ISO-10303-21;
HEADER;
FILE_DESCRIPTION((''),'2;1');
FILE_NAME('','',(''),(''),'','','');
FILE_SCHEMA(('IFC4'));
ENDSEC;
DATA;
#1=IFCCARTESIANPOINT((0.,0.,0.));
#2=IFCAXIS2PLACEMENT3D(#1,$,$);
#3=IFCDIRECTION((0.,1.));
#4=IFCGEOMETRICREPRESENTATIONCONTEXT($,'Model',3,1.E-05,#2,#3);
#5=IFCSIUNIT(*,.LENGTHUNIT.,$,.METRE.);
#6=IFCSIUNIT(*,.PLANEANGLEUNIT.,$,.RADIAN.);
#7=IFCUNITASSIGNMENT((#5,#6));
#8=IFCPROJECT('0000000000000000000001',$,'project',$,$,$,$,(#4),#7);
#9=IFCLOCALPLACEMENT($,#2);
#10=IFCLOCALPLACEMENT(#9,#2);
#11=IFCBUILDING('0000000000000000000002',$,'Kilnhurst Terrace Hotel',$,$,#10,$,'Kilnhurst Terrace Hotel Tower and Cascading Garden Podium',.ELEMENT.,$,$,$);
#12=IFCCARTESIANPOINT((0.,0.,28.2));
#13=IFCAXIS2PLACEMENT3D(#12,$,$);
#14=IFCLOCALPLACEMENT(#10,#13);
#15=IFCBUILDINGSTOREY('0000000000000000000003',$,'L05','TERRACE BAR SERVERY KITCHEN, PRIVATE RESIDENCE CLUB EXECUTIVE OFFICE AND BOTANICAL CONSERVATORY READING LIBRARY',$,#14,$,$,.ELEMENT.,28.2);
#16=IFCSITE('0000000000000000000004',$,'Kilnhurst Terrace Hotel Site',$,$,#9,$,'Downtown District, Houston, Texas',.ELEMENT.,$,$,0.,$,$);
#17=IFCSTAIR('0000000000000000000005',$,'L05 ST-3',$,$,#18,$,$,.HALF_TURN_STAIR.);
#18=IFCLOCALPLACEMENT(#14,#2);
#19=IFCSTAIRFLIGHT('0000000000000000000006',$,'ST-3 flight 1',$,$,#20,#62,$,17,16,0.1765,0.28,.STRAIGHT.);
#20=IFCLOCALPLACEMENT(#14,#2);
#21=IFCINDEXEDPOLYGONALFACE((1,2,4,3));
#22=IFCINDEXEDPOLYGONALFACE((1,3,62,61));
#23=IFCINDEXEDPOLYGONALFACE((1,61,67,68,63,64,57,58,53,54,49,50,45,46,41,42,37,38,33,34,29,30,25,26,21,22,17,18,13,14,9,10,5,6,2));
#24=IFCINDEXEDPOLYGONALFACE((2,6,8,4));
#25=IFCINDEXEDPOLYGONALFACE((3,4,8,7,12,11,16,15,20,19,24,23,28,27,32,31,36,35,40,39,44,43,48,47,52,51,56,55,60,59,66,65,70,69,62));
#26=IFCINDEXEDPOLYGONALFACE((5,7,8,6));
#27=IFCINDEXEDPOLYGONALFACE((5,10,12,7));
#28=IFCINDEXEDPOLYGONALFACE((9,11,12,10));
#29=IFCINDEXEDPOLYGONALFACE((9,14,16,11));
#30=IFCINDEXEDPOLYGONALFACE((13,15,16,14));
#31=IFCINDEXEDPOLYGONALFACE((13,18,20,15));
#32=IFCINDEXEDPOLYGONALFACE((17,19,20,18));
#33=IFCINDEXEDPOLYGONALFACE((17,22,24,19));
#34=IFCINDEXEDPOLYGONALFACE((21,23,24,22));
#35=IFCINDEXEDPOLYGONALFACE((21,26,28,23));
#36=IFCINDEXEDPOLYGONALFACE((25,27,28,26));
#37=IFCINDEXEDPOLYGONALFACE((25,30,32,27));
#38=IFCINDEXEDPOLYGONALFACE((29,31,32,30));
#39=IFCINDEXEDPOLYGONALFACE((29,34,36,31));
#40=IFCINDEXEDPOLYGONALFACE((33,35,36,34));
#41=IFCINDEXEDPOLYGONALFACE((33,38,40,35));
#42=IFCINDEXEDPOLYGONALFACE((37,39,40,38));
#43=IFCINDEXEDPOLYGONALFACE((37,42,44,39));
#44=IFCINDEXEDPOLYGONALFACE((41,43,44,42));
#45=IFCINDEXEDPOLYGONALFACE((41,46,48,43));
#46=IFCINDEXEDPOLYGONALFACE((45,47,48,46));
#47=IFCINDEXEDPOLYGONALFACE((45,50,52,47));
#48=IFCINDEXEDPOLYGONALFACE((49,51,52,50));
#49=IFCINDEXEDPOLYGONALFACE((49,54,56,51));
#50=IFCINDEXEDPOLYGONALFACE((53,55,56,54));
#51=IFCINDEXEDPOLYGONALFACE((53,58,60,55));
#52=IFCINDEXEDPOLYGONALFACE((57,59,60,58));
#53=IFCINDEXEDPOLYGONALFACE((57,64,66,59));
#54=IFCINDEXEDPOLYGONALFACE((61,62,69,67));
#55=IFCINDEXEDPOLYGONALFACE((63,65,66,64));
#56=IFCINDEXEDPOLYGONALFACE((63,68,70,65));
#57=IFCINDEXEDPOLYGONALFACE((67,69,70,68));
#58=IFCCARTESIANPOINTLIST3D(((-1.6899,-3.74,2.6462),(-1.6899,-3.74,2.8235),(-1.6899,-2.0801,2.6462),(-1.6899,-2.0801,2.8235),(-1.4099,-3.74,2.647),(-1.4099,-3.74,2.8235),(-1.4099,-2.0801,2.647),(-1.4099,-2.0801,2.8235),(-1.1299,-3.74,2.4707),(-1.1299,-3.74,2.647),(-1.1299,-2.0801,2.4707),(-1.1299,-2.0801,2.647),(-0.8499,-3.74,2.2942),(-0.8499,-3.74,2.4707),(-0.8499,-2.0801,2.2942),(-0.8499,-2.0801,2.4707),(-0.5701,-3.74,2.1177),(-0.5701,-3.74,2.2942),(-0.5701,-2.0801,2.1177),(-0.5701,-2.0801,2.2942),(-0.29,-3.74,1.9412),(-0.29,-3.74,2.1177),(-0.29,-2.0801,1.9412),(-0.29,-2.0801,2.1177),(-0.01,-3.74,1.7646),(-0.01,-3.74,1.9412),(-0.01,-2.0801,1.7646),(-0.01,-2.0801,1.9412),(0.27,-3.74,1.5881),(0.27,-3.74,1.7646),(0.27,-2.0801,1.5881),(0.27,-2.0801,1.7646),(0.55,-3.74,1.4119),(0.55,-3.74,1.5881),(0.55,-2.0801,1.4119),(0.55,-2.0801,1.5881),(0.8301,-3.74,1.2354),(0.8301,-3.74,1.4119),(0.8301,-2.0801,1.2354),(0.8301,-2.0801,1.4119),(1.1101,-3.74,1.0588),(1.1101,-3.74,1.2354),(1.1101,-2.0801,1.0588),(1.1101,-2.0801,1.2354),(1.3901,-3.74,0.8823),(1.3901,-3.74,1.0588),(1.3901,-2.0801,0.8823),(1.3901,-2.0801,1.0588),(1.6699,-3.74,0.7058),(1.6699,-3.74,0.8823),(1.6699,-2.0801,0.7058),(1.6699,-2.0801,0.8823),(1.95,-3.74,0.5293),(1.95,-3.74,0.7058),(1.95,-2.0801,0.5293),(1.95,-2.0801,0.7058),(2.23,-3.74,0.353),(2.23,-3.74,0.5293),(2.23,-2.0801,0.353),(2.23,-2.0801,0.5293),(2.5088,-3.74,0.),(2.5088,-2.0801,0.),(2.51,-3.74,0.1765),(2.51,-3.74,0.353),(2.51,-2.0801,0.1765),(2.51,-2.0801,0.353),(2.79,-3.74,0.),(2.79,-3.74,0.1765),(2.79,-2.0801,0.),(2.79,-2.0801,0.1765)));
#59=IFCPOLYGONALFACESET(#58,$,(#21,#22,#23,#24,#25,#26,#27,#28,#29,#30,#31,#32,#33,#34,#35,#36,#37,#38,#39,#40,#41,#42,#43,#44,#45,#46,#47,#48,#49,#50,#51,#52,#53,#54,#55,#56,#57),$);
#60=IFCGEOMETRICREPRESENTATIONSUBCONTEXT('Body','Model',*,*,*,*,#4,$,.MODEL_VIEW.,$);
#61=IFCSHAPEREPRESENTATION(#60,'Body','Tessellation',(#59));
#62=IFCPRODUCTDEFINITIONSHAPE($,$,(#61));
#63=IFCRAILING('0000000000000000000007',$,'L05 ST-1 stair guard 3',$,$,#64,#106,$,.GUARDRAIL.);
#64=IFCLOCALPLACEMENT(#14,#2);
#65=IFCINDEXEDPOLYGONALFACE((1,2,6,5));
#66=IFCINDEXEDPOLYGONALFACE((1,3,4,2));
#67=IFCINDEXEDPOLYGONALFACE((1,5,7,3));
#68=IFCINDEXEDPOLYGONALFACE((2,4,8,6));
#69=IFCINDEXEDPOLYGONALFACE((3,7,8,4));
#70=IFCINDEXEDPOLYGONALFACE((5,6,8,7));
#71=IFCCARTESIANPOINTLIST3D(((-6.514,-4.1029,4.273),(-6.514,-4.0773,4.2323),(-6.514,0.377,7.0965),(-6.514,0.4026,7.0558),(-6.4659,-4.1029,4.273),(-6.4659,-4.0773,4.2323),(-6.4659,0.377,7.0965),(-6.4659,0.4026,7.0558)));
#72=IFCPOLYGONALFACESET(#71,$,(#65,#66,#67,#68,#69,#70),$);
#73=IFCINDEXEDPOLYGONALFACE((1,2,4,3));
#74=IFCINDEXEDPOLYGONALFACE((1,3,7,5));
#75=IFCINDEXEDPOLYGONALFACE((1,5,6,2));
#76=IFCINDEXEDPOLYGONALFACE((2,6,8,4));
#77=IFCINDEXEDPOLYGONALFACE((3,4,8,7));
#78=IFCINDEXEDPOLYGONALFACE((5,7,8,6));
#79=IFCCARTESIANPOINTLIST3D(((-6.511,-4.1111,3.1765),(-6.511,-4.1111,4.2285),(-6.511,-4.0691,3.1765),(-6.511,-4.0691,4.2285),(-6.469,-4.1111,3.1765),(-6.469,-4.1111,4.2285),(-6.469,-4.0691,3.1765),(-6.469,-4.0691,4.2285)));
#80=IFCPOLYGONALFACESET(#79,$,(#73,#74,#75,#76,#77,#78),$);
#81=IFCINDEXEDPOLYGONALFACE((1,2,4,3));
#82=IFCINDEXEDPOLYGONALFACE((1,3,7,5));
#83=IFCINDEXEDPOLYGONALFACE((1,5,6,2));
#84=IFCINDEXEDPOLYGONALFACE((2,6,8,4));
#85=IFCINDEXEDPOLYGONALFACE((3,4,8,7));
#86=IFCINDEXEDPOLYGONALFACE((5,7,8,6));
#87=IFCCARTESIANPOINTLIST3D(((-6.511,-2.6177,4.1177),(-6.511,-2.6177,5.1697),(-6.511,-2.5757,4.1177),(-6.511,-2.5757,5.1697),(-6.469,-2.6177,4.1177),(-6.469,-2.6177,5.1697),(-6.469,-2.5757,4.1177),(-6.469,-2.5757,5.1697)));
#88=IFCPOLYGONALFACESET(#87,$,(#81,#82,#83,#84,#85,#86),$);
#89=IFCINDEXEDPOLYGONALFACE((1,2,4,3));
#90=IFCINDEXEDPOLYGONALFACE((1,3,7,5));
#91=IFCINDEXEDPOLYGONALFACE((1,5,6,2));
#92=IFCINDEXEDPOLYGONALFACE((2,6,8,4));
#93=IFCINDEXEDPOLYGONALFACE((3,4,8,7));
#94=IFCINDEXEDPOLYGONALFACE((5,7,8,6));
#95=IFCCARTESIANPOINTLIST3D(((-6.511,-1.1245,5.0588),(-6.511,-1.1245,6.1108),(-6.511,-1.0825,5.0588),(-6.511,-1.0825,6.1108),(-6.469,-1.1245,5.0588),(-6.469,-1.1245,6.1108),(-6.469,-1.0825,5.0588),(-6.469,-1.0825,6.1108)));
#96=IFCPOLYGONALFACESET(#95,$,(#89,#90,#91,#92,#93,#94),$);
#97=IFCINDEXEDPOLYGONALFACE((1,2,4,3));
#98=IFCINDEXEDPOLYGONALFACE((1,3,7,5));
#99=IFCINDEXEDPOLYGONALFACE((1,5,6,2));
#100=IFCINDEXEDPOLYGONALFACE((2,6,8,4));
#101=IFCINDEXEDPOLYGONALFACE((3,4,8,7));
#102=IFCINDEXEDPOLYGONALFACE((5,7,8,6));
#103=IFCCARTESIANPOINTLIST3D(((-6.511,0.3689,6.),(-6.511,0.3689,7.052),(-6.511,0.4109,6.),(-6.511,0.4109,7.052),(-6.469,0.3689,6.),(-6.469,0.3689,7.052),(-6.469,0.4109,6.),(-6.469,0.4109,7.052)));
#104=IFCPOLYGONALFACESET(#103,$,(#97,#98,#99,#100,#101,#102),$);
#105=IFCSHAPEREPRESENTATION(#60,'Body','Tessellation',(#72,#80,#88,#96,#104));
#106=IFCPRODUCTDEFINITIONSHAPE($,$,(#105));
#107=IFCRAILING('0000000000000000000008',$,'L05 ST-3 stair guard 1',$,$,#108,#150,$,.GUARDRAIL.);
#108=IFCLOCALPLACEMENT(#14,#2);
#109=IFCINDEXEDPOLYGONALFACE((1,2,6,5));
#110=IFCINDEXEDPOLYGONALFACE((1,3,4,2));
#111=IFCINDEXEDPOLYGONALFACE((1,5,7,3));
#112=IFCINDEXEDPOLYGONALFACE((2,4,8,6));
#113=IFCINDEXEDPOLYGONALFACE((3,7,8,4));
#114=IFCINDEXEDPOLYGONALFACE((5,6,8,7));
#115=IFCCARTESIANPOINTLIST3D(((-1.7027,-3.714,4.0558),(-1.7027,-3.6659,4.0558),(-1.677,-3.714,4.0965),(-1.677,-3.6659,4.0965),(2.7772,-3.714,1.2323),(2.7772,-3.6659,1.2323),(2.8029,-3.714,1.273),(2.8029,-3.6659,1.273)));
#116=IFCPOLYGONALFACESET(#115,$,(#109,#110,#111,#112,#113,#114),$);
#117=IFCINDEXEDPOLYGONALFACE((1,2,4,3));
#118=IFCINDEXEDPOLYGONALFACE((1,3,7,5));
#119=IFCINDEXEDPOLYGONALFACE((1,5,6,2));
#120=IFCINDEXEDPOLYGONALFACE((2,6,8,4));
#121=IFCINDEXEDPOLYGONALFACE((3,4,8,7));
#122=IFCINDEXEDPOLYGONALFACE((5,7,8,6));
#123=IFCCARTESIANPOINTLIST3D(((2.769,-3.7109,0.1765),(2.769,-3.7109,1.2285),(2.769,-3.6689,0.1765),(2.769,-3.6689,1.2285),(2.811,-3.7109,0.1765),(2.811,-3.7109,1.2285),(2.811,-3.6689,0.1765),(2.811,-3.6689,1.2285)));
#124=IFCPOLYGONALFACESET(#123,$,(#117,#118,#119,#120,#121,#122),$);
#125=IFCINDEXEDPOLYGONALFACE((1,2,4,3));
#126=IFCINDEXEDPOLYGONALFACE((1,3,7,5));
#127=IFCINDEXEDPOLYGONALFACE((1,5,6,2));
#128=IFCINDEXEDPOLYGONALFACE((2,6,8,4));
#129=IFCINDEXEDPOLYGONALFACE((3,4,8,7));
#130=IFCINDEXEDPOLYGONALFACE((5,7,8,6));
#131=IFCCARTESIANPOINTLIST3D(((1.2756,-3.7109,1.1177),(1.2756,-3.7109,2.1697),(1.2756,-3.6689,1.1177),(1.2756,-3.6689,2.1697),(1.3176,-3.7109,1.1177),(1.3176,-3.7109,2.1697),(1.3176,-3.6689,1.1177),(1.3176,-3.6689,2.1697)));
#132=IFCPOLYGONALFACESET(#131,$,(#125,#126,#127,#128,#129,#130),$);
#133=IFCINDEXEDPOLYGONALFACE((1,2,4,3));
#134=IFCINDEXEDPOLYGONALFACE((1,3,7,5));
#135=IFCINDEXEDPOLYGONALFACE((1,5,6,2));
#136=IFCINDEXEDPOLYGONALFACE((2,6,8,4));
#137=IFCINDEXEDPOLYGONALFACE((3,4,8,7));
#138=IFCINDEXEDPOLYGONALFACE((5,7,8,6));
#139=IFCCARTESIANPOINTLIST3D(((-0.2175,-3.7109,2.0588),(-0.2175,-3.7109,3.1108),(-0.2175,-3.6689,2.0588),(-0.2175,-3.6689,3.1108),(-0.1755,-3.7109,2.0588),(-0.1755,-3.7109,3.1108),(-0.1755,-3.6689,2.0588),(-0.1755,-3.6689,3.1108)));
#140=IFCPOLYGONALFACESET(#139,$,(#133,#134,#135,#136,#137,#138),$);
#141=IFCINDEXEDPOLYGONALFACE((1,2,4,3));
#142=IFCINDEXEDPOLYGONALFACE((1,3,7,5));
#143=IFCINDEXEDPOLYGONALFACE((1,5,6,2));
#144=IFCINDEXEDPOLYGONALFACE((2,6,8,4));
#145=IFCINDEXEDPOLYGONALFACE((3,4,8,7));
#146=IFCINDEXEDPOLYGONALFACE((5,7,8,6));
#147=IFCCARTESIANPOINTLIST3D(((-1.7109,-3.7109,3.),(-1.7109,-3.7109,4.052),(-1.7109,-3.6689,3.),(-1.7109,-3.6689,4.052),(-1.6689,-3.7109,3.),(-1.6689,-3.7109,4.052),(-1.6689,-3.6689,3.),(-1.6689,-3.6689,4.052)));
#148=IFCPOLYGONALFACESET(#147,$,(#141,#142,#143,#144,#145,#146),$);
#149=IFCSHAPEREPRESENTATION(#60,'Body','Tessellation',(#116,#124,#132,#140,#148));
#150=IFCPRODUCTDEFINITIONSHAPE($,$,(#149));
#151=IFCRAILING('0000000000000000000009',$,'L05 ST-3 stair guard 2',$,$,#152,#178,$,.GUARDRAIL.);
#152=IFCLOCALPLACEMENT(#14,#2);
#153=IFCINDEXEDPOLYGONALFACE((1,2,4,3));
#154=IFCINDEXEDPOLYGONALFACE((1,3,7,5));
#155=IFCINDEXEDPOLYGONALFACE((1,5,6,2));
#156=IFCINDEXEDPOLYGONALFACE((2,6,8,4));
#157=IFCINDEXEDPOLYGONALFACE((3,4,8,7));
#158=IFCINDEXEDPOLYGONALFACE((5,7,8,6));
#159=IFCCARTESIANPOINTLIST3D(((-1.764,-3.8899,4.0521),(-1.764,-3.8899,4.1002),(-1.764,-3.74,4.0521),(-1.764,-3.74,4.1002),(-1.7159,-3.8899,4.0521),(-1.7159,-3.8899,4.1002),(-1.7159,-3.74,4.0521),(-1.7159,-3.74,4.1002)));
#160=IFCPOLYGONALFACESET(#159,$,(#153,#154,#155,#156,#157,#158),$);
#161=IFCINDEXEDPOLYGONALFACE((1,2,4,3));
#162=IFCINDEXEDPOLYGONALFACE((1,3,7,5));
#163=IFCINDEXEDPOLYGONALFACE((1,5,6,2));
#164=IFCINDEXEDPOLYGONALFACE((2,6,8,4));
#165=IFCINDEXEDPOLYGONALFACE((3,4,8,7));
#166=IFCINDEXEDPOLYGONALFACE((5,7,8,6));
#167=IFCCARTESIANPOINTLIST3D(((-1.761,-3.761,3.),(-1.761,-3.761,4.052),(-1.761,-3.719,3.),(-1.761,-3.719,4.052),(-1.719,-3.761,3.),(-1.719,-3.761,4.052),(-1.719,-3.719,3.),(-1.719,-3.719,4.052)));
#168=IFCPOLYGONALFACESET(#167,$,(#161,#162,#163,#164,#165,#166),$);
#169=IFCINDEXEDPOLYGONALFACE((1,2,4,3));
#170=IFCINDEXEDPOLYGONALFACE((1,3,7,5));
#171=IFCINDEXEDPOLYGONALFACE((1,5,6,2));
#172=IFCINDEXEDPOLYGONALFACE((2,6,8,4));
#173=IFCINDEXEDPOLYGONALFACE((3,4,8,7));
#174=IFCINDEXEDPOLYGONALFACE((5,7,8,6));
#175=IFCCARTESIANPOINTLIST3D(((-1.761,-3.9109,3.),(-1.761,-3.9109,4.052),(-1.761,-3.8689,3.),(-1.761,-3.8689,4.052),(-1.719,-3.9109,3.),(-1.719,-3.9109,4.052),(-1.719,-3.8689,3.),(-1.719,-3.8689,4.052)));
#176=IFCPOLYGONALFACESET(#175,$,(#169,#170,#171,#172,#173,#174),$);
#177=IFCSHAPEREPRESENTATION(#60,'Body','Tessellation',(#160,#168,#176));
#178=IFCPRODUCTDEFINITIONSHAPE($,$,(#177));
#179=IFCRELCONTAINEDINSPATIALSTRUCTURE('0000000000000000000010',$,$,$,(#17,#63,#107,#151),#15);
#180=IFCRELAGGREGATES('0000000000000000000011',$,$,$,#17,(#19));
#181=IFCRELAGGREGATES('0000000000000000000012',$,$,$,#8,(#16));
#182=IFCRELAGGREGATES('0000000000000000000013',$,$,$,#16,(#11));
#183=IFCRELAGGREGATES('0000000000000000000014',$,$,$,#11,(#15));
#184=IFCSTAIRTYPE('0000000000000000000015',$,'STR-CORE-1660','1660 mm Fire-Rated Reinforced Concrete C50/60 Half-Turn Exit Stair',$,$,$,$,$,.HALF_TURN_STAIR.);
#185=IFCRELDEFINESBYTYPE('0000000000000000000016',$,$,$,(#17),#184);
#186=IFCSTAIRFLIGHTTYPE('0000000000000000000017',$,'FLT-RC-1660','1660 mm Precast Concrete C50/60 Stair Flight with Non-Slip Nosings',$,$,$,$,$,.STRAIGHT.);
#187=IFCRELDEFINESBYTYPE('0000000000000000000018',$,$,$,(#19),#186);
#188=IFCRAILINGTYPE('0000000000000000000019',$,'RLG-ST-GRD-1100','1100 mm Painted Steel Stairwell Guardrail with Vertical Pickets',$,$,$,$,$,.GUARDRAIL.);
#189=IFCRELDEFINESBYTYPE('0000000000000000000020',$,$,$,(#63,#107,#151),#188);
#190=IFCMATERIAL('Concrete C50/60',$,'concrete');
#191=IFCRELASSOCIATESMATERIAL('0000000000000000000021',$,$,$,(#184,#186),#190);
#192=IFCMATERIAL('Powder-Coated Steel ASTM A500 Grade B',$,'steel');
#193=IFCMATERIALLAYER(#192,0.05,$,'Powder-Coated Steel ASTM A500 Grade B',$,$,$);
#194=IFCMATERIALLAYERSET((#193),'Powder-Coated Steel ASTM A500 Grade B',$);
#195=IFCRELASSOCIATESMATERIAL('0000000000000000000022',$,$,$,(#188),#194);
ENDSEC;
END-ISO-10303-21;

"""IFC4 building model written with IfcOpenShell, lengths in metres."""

from ifc_helpers import new_model, si_unit, direction, frame, origin, origin_2d, place, context, subcontext, project, spatial, polyline, rectangle, outline, extrude, material, layer, layer_set, type_object, element, aggregate, save


model = new_model("IFC4")

# Units and contexts
model_context = context("Model", 3, precision=1e-05, world=origin(), true_north=direction((0.0, 1.0)))
body_context = subcontext(model_context, "Body", "Model", "MODEL_VIEW")
ifc_project = project(units=[si_unit("LENGTHUNIT", "METRE"), si_unit("PLANEANGLEUNIT", "RADIAN")], contexts=[model_context])

# Site, building, storey
site_placement = place(None, origin())
site = spatial("IfcSite", under=ifc_project, at=site_placement, Name="Kilnhurst Terrace Hotel Site", LongName="Downtown District, Houston, Texas", CompositionType="ELEMENT", RefElevation=0.0)
building_placement = place(site_placement, origin())
building = spatial("IfcBuilding", under=site, at=building_placement, Name="Kilnhurst Terrace Hotel", LongName="Kilnhurst Terrace Hotel Tower and Cascading Garden Podium", CompositionType="ELEMENT")
storey_placement = place(building_placement, frame((0.0, 0.0, 28.2)))
storey = spatial("IfcBuildingStorey", under=building, at=storey_placement, Name="L05", Description="TERRACE BAR SERVERY KITCHEN, PRIVATE RESIDENCE CLUB EXECUTIVE OFFICE AND BOTANICAL CONSERVATORY READING LIBRARY", CompositionType="ELEMENT", Elevation=28.2)

# Shared definitions
ifc_material_1 = material(Name="Concrete C50/60", Category="concrete")

# Stair, stair flight
stair_type = type_object("IfcStairType", Name="STR-CORE-1660", Description="1660 mm Fire-Rated Reinforced Concrete C50/60 Half-Turn Exit Stair", PredefinedType="HALF_TURN_STAIR", material=ifc_material_1)
stair_flight_type = type_object("IfcStairFlightType", Name="FLT-RC-1660", Description="1660 mm Precast Concrete C50/60 Stair Flight with Non-Slip Nosings", PredefinedType="STRAIGHT", material=ifc_material_1)
stair_1_placement = place(storey_placement, origin())
stair_1 = element("IfcStair", 1, at=stair_1_placement, inside=storey, type_object=stair_type, Name="L05 ST-3", PredefinedType="HALF_TURN_STAIR")
stair_flight_1_placement = place(storey_placement, frame((2.79, -2.9099, 0.0), z_axis=(0.0, 0.0, 1.0), x_axis=(-1.0, 0.0, 0.0)))
stair_flight_1 = element("IfcStairFlight", 2, at=stair_flight_1_placement, type_object=stair_flight_type, Name="ST-3 flight 1", NumberOfRisers=17, NumberOfTreads=16, PredefinedType="STRAIGHT", RiserHeight=0.1765, TreadLength=0.28, context=body_context, shape_type="SweptSolid", body=[
    extrude(outline(polyline([(0.0, 0.0), (0.0, 0.1765), (0.28, 0.1765), (0.28, 0.353), (0.5601, 0.353), (0.5601, 0.5293), (0.8401, 0.5293), (0.8401, 0.7058), (1.1201, 0.7058), (1.1201, 0.8823), (1.3999, 0.8823), (1.3999, 1.0588), (1.6799, 1.0588), (1.6799, 1.2354), (1.96, 1.2354), (1.96, 1.4119), (2.24, 1.4119), (2.24, 1.5881), (2.52, 1.5881), (2.52, 1.7646), (2.8, 1.7646), (2.8, 1.9412), (3.0801, 1.9412), (3.0801, 2.1177), (3.3601, 2.1177), (3.3601, 2.2942), (3.6399, 2.2942), (3.6399, 2.4707), (3.9199, 2.4707), (3.9199, 2.647), (4.2, 2.647), (4.2, 2.8235), (4.48, 2.8235), (4.48, 3.0), (4.48, 2.6462), (0.2812, 0.0), (0.0, 0.0)])), frame((0.0, 0.8301, 0.0), z_axis=(0.0, -1.0, 0.0), x_axis=(1.0, 0.0, 0.0)), (0.0, 0.0, 1.0), 1.6599),
])
aggregate(stair_1, [stair_flight_1])

# Railings
ifc_material_2 = material(Name="Powder-Coated Steel ASTM A500 Grade B", Category="steel")
ifc_layer_1 = layer(ifc_material_2, 0.05, Name="Powder-Coated Steel ASTM A500 Grade B")
ifc_layer_set_1 = layer_set([ifc_layer_1], Name="Powder-Coated Steel ASTM A500 Grade B")
railing_type_1 = type_object("IfcRailingType", Name="RLG-ST-GRD-1100", Description="1100 mm Painted Steel Stairwell Guardrail with Vertical Pickets", PredefinedType="GUARDRAIL", material=ifc_layer_set_1)
railing_1_placement = place(storey_placement, frame((-6.49, -4.0901, 3.1765)))
element("IfcRailing", 3, at=railing_1_placement, inside=storey, type_object=railing_type_1, Name="L05 ST-1 stair guard 3", PredefinedType="GUARDRAIL", context=body_context, shape_type="SweptSolid", body=[
    extrude(rectangle(XDim=0.0481, YDim=0.0481, at=origin_2d()), frame((0.0, 0.0, 1.0762), z_axis=(0.0, 0.845998, 0.533186), x_axis=(-1.0, 0.0, 0.0)), (0.0, 0.0, 1.0), 5.2954),
    extrude(rectangle(XDim=0.042, YDim=0.042, at=origin_2d()), origin(), (0.0, 0.0, 1.0), 1.052),
    extrude(rectangle(XDim=0.042, YDim=0.042, at=origin_2d()), frame((0.0, 1.4934, 0.9412)), (0.0, 0.0, 1.0), 1.052),
    extrude(rectangle(XDim=0.042, YDim=0.042, at=origin_2d()), frame((0.0, 2.9866, 1.8823)), (0.0, 0.0, 1.0), 1.052),
    extrude(rectangle(XDim=0.042, YDim=0.042, at=origin_2d()), frame((0.0, 4.48, 2.8235)), (0.0, 0.0, 1.0), 1.052),
])
railing_2_placement = place(storey_placement, frame((2.79, -3.6899, 0.1765)))
element("IfcRailing", 4, at=railing_2_placement, inside=storey, type_object=railing_type_1, Name="L05 ST-3 stair guard 1", PredefinedType="GUARDRAIL", context=body_context, shape_type="SweptSolid", body=[
    extrude(rectangle(XDim=0.0481, YDim=0.0481, at=origin_2d()), frame((0.0, 0.0, 1.0762), z_axis=(-0.845998, 0.0, 0.533186), x_axis=(0.0, -1.0, 0.0)), (0.0, 0.0, 1.0), 5.2954),
    extrude(rectangle(XDim=0.042, YDim=0.042, at=origin_2d()), origin(), (0.0, 0.0, 1.0), 1.052),
    extrude(rectangle(XDim=0.042, YDim=0.042, at=origin_2d()), frame((-1.4934, 0.0, 0.9412)), (0.0, 0.0, 1.0), 1.052),
    extrude(rectangle(XDim=0.042, YDim=0.042, at=origin_2d()), frame((-2.9866, 0.0, 1.8823)), (0.0, 0.0, 1.0), 1.052),
    extrude(rectangle(XDim=0.042, YDim=0.042, at=origin_2d()), frame((-4.48, 0.0, 2.8235)), (0.0, 0.0, 1.0), 1.052),
])
railing_3_placement = place(storey_placement, frame((-1.74, -3.74, 3.0)))
element("IfcRailing", 5, at=railing_3_placement, inside=storey, type_object=railing_type_1, Name="L05 ST-3 stair guard 2", PredefinedType="GUARDRAIL", context=body_context, shape_type="SweptSolid", body=[
    extrude(rectangle(XDim=0.0481, YDim=0.0481, at=origin_2d()), frame((0.0, 0.0, 1.0762), z_axis=(0.0, -1.0, 0.0), x_axis=(1.0, 0.0, 0.0)), (0.0, 0.0, 1.0), 0.1499),
    extrude(rectangle(XDim=0.042, YDim=0.042, at=origin_2d()), origin(), (0.0, 0.0, 1.0), 1.052),
    extrude(rectangle(XDim=0.042, YDim=0.042, at=origin_2d()), frame((0.0, -0.1499, 0.0)), (0.0, 0.0, 1.0), 1.052),
])

save(model, "model.ifc")
